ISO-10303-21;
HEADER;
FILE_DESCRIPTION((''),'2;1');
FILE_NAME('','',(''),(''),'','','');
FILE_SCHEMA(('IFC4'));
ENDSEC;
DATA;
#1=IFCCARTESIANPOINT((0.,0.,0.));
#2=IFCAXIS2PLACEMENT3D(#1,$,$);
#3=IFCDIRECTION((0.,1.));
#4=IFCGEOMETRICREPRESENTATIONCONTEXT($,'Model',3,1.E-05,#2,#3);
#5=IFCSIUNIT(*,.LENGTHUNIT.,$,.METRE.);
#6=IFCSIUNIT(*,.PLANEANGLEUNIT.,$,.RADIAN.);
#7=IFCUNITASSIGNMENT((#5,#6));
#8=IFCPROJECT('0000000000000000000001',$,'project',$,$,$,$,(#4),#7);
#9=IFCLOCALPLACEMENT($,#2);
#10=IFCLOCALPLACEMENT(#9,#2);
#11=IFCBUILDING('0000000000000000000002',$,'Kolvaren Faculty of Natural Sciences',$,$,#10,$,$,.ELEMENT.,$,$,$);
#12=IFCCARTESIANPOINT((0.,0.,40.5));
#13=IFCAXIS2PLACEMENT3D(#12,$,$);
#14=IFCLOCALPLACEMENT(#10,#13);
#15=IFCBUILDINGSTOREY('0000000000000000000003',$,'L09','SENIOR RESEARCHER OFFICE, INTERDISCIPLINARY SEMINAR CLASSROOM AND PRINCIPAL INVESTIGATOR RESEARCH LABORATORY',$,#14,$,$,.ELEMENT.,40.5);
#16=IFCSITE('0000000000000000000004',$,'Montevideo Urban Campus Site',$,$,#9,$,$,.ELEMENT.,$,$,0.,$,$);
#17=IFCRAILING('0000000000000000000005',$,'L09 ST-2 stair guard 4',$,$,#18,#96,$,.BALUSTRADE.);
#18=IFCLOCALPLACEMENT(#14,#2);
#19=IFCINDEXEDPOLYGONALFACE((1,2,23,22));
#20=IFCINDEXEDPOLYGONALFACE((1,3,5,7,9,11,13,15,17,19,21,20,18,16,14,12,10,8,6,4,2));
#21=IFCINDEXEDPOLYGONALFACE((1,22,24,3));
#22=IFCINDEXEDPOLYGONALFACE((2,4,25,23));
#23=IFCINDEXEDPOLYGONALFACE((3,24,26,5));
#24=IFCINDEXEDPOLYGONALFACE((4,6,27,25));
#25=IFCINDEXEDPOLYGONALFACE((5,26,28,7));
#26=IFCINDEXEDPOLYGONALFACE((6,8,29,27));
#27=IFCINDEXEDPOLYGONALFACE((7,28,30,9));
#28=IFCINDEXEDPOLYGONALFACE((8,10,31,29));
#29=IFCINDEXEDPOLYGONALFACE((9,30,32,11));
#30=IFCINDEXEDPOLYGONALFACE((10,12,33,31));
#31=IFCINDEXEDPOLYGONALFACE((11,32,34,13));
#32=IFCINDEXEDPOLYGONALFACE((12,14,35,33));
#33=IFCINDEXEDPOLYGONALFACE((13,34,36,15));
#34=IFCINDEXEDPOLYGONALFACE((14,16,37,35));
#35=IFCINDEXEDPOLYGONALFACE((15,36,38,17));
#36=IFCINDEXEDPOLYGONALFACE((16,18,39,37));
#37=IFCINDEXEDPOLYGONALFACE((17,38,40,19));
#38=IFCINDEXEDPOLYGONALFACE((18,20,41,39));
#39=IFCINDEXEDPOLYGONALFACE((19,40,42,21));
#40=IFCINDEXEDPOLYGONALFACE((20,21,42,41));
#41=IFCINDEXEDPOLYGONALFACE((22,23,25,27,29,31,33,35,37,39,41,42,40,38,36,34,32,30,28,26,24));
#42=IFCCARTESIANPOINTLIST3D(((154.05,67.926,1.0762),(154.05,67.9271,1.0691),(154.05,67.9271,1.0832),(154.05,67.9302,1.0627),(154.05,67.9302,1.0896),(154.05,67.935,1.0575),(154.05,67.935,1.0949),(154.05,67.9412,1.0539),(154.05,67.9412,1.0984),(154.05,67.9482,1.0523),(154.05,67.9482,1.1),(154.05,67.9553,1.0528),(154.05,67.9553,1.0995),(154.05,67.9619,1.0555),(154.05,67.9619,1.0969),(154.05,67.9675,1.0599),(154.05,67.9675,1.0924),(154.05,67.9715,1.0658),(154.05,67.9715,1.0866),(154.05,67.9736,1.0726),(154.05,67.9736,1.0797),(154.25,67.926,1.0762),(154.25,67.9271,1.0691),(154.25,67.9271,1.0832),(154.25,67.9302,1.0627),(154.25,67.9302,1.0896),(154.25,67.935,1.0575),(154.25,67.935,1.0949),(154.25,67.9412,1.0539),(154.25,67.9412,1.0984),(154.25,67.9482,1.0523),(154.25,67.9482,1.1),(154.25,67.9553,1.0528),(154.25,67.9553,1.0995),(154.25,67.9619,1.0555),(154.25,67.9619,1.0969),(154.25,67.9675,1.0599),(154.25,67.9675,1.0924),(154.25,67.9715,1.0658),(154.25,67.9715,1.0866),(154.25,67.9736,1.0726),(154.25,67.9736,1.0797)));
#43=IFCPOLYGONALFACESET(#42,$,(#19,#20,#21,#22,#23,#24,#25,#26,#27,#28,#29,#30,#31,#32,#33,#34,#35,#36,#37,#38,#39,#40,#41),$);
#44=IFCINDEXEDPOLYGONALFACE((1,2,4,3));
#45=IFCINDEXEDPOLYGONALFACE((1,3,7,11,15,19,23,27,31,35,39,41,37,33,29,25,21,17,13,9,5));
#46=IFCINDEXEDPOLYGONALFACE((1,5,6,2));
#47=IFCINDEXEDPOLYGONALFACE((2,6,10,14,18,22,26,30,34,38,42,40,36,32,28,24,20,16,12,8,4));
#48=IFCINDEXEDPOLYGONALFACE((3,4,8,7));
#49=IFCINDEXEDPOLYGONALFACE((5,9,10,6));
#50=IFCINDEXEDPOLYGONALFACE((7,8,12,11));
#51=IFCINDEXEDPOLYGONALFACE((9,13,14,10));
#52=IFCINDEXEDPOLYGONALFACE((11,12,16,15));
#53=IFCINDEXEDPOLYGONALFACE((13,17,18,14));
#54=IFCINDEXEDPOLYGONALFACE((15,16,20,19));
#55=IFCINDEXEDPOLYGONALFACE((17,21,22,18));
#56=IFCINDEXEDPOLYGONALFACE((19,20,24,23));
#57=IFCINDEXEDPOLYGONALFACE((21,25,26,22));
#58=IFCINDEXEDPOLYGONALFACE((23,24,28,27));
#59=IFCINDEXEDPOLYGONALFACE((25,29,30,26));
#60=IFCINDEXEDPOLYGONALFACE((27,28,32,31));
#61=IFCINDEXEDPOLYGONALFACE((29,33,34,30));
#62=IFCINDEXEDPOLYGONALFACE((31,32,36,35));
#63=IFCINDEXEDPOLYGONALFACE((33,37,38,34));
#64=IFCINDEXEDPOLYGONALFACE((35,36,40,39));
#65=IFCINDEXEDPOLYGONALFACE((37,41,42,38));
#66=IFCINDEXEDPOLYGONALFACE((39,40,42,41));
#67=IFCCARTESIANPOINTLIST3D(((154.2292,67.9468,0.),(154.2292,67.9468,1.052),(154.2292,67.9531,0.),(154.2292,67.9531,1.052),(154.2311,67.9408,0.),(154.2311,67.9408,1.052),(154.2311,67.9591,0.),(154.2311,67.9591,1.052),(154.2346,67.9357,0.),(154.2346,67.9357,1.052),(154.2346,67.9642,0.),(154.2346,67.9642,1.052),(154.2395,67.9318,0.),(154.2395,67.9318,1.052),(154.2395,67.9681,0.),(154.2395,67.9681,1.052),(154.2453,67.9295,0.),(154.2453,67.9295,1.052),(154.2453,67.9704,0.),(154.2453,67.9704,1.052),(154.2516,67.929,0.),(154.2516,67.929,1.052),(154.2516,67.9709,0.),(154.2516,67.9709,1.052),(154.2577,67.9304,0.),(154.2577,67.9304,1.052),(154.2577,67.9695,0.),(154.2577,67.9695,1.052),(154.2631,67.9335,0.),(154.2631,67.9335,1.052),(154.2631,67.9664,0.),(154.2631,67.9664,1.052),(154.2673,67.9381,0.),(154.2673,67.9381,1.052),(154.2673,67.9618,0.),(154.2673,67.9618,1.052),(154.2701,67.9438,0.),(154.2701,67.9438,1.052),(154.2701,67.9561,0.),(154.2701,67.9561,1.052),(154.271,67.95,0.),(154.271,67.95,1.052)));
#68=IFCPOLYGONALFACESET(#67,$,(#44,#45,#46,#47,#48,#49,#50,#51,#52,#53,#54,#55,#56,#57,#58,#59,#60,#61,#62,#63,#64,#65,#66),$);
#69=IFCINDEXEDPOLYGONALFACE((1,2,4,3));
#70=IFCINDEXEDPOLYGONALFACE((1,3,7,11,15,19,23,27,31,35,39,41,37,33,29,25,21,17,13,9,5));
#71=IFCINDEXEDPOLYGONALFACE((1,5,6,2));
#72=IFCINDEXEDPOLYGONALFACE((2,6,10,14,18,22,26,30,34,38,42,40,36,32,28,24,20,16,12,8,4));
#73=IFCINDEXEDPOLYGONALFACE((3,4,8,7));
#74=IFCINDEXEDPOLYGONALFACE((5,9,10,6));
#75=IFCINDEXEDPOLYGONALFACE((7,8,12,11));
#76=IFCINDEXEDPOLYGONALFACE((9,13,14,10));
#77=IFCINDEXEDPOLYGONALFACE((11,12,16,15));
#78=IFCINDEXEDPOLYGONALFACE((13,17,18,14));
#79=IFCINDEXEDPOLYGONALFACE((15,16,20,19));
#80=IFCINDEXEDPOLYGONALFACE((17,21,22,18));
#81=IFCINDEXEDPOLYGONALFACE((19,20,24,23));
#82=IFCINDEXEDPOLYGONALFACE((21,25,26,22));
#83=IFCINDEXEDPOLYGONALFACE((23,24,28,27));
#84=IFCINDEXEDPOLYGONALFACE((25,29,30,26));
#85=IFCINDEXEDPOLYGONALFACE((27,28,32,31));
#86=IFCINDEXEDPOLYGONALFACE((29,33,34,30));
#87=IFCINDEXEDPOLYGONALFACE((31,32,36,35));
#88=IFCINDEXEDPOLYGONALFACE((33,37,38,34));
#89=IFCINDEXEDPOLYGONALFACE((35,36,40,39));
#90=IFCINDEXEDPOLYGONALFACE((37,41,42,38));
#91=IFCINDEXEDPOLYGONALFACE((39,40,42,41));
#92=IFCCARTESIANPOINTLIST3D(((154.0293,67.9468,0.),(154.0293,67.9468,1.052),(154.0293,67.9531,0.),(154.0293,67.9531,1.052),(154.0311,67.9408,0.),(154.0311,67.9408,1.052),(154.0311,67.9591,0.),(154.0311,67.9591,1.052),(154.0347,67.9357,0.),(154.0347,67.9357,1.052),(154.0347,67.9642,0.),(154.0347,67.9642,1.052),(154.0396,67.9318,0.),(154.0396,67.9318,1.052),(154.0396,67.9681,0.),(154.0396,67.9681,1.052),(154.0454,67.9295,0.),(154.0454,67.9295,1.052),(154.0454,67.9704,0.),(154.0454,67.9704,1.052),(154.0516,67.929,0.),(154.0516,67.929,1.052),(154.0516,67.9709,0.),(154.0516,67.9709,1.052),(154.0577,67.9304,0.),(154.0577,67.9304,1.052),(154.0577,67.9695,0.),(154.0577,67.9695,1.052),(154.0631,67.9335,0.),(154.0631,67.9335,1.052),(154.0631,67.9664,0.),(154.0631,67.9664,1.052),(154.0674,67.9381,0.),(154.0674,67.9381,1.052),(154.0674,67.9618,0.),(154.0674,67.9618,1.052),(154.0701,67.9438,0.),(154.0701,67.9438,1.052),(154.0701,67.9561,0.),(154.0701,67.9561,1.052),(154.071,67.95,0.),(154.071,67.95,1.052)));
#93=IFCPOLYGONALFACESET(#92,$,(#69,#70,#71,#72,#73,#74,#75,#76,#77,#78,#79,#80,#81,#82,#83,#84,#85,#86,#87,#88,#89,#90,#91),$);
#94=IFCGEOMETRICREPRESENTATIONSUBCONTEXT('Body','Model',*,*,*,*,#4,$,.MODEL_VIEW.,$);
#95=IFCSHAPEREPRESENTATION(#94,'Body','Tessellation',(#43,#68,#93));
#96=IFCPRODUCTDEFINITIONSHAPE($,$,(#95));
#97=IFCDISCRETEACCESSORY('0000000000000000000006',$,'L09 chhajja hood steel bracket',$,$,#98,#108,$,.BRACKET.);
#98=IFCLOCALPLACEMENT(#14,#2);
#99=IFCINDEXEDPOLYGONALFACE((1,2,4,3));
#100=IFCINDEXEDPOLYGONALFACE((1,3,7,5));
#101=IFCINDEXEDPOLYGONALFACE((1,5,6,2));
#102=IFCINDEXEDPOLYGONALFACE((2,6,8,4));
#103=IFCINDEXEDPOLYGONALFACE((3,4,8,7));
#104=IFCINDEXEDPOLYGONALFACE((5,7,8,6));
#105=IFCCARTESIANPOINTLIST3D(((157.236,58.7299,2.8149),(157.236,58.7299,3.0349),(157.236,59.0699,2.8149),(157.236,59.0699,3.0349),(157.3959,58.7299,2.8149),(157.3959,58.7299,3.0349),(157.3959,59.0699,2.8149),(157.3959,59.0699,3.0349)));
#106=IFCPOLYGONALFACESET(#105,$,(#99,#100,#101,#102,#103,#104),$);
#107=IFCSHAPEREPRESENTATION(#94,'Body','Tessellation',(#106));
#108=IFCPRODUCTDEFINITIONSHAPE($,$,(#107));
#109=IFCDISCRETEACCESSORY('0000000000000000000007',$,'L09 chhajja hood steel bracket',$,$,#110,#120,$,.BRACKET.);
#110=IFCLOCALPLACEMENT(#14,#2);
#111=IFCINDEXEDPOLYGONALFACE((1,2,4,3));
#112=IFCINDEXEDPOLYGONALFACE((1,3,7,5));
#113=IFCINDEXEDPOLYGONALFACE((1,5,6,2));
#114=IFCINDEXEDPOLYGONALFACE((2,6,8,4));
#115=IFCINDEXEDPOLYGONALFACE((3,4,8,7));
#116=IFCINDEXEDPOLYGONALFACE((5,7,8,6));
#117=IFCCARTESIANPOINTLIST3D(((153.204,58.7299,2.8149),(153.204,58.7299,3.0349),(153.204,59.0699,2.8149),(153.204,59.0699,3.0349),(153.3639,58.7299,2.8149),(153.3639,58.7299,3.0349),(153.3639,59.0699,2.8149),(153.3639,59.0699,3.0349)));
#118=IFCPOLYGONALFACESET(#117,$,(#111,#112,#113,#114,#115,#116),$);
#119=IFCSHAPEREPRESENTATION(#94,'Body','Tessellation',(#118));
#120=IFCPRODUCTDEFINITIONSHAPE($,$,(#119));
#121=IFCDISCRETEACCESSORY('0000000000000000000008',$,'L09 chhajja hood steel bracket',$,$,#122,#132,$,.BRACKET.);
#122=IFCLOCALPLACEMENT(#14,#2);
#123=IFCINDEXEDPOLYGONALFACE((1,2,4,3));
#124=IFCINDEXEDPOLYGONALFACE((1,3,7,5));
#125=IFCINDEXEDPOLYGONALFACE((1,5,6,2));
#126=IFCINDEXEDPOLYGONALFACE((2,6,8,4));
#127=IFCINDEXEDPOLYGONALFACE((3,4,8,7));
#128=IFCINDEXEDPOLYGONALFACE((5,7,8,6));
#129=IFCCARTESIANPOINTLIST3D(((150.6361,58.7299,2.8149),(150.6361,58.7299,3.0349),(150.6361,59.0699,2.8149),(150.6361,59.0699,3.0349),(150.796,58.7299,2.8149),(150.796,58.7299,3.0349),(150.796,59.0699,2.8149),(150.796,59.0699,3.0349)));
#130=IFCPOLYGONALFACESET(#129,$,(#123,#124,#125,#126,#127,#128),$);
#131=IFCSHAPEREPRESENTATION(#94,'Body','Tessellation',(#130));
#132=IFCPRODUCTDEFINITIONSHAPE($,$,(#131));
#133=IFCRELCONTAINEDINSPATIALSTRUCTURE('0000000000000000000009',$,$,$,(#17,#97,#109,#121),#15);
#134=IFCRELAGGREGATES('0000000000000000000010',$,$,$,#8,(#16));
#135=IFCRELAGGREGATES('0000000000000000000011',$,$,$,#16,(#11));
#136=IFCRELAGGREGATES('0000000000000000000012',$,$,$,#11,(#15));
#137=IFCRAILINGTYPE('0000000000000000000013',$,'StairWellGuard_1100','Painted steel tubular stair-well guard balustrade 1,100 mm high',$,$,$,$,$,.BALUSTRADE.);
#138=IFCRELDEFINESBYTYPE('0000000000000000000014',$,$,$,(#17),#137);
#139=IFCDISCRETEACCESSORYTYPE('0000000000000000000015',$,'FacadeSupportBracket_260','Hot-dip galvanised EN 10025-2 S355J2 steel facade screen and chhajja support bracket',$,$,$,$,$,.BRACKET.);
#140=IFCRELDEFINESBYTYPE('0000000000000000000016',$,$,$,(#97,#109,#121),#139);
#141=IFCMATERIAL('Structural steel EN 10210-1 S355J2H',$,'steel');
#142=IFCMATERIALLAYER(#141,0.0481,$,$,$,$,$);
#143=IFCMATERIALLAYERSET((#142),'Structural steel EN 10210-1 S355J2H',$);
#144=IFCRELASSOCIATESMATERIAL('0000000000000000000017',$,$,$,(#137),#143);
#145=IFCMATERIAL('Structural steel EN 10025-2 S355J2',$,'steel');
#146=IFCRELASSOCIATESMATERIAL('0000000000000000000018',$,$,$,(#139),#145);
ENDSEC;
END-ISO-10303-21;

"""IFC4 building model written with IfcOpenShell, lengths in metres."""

from ifc_helpers import new_model, si_unit, direction, frame, origin, origin_2d, place, context, subcontext, project, spatial, rectangle, circle, extrude, material, layer, layer_set, type_object, element, save


model = new_model("IFC4")

# Units and contexts
model_context = context("Model", 3, precision=1e-05, world=origin(), true_north=direction((0.0, 1.0)))
body_context = subcontext(model_context, "Body", "Model", "MODEL_VIEW")
ifc_project = project(units=[si_unit("LENGTHUNIT", "METRE"), si_unit("PLANEANGLEUNIT", "RADIAN")], contexts=[model_context])

# Site, building, storey
site_placement = place(None, origin())
site = spatial("IfcSite", under=ifc_project, at=site_placement, Name="Montevideo Urban Campus Site", CompositionType="ELEMENT", RefElevation=0.0)
building_placement = place(site_placement, origin())
building = spatial("IfcBuilding", under=site, at=building_placement, Name="Kolvaren Faculty of Natural Sciences", CompositionType="ELEMENT")
storey_placement = place(building_placement, frame((0.0, 0.0, 40.5)))
storey = spatial("IfcBuildingStorey", under=building, at=storey_placement, Name="L09", Description="SENIOR RESEARCHER OFFICE, INTERDISCIPLINARY SEMINAR CLASSROOM AND PRINCIPAL INVESTIGATOR RESEARCH LABORATORY", CompositionType="ELEMENT", Elevation=40.5)

# Railing
ifc_material_1 = material(Name="Structural steel EN 10210-1 S355J2H", Category="steel")
ifc_layer_1 = layer(ifc_material_1, 0.0481)
ifc_layer_set_1 = layer_set([ifc_layer_1], Name="Structural steel EN 10210-1 S355J2H")
railing_type_1 = type_object("IfcRailingType", Name="StairWellGuard_1100", Description="Painted steel tubular stair-well guard balustrade 1,100 mm high", PredefinedType="BALUSTRADE", material=ifc_layer_set_1)
railing_1_placement = place(storey_placement, frame((154.25, 67.95, 0.0)))
element("IfcRailing", 1, at=railing_1_placement, inside=storey, type_object=railing_type_1, Name="L09 ST-2 stair guard 4", PredefinedType="BALUSTRADE", context=body_context, shape_type="SweptSolid", body=[
    extrude(circle(Radius=0.0239, at=origin_2d()), frame((0.0, 0.0, 1.0762), z_axis=(-1.0, 0.0, 0.0), x_axis=(0.0, -1.0, 0.0)), (0.0, 0.0, 1.0), 0.2),
    extrude(circle(Radius=0.021, at=origin_2d()), origin(), (0.0, 0.0, 1.0), 1.052),
    extrude(circle(Radius=0.021, at=origin_2d()), frame((-0.2, 0.0, 0.0)), (0.0, 0.0, 1.0), 1.052),
])

# Discrete accessories
ifc_material_2 = material(Name="Structural steel EN 10025-2 S355J2", Category="steel")
discrete_accessory_type = type_object("IfcDiscreteAccessoryType", Name="FacadeSupportBracket_260", Description="Hot-dip galvanised EN 10025-2 S355J2 steel facade screen and chhajja support bracket", PredefinedType="BRACKET", material=ifc_material_2)
for number, where, z_axis, x_axis, name in (
    (2, (157.3159, 58.8999, 2.8149), (0.0, 0.0, 1.0), (-1.0, 0.0, 0.0), "L09 chhajja hood steel bracket"),
    (3, (153.2839, 58.8999, 2.8149), (0.0, 0.0, 1.0), (-1.0, 0.0, 0.0), "L09 chhajja hood steel bracket"),
    (4, (150.7161, 58.8999, 2.8149), (0.0, 0.0, 1.0), (-1.0, 0.0, 0.0), "L09 chhajja hood steel bracket"),
):
    element("IfcDiscreteAccessory", number, at=place(storey_placement, frame(where, z_axis=z_axis, x_axis=x_axis)), inside=storey, type_object=discrete_accessory_type, Name=name, PredefinedType="BRACKET", context=body_context, shape_type="SweptSolid", body=[
        extrude(rectangle(XDim=0.1599, YDim=0.3401, at=origin_2d()), origin(), (0.0, 0.0, 1.0), 0.22),
    ])

save(model, "model.ifc")
